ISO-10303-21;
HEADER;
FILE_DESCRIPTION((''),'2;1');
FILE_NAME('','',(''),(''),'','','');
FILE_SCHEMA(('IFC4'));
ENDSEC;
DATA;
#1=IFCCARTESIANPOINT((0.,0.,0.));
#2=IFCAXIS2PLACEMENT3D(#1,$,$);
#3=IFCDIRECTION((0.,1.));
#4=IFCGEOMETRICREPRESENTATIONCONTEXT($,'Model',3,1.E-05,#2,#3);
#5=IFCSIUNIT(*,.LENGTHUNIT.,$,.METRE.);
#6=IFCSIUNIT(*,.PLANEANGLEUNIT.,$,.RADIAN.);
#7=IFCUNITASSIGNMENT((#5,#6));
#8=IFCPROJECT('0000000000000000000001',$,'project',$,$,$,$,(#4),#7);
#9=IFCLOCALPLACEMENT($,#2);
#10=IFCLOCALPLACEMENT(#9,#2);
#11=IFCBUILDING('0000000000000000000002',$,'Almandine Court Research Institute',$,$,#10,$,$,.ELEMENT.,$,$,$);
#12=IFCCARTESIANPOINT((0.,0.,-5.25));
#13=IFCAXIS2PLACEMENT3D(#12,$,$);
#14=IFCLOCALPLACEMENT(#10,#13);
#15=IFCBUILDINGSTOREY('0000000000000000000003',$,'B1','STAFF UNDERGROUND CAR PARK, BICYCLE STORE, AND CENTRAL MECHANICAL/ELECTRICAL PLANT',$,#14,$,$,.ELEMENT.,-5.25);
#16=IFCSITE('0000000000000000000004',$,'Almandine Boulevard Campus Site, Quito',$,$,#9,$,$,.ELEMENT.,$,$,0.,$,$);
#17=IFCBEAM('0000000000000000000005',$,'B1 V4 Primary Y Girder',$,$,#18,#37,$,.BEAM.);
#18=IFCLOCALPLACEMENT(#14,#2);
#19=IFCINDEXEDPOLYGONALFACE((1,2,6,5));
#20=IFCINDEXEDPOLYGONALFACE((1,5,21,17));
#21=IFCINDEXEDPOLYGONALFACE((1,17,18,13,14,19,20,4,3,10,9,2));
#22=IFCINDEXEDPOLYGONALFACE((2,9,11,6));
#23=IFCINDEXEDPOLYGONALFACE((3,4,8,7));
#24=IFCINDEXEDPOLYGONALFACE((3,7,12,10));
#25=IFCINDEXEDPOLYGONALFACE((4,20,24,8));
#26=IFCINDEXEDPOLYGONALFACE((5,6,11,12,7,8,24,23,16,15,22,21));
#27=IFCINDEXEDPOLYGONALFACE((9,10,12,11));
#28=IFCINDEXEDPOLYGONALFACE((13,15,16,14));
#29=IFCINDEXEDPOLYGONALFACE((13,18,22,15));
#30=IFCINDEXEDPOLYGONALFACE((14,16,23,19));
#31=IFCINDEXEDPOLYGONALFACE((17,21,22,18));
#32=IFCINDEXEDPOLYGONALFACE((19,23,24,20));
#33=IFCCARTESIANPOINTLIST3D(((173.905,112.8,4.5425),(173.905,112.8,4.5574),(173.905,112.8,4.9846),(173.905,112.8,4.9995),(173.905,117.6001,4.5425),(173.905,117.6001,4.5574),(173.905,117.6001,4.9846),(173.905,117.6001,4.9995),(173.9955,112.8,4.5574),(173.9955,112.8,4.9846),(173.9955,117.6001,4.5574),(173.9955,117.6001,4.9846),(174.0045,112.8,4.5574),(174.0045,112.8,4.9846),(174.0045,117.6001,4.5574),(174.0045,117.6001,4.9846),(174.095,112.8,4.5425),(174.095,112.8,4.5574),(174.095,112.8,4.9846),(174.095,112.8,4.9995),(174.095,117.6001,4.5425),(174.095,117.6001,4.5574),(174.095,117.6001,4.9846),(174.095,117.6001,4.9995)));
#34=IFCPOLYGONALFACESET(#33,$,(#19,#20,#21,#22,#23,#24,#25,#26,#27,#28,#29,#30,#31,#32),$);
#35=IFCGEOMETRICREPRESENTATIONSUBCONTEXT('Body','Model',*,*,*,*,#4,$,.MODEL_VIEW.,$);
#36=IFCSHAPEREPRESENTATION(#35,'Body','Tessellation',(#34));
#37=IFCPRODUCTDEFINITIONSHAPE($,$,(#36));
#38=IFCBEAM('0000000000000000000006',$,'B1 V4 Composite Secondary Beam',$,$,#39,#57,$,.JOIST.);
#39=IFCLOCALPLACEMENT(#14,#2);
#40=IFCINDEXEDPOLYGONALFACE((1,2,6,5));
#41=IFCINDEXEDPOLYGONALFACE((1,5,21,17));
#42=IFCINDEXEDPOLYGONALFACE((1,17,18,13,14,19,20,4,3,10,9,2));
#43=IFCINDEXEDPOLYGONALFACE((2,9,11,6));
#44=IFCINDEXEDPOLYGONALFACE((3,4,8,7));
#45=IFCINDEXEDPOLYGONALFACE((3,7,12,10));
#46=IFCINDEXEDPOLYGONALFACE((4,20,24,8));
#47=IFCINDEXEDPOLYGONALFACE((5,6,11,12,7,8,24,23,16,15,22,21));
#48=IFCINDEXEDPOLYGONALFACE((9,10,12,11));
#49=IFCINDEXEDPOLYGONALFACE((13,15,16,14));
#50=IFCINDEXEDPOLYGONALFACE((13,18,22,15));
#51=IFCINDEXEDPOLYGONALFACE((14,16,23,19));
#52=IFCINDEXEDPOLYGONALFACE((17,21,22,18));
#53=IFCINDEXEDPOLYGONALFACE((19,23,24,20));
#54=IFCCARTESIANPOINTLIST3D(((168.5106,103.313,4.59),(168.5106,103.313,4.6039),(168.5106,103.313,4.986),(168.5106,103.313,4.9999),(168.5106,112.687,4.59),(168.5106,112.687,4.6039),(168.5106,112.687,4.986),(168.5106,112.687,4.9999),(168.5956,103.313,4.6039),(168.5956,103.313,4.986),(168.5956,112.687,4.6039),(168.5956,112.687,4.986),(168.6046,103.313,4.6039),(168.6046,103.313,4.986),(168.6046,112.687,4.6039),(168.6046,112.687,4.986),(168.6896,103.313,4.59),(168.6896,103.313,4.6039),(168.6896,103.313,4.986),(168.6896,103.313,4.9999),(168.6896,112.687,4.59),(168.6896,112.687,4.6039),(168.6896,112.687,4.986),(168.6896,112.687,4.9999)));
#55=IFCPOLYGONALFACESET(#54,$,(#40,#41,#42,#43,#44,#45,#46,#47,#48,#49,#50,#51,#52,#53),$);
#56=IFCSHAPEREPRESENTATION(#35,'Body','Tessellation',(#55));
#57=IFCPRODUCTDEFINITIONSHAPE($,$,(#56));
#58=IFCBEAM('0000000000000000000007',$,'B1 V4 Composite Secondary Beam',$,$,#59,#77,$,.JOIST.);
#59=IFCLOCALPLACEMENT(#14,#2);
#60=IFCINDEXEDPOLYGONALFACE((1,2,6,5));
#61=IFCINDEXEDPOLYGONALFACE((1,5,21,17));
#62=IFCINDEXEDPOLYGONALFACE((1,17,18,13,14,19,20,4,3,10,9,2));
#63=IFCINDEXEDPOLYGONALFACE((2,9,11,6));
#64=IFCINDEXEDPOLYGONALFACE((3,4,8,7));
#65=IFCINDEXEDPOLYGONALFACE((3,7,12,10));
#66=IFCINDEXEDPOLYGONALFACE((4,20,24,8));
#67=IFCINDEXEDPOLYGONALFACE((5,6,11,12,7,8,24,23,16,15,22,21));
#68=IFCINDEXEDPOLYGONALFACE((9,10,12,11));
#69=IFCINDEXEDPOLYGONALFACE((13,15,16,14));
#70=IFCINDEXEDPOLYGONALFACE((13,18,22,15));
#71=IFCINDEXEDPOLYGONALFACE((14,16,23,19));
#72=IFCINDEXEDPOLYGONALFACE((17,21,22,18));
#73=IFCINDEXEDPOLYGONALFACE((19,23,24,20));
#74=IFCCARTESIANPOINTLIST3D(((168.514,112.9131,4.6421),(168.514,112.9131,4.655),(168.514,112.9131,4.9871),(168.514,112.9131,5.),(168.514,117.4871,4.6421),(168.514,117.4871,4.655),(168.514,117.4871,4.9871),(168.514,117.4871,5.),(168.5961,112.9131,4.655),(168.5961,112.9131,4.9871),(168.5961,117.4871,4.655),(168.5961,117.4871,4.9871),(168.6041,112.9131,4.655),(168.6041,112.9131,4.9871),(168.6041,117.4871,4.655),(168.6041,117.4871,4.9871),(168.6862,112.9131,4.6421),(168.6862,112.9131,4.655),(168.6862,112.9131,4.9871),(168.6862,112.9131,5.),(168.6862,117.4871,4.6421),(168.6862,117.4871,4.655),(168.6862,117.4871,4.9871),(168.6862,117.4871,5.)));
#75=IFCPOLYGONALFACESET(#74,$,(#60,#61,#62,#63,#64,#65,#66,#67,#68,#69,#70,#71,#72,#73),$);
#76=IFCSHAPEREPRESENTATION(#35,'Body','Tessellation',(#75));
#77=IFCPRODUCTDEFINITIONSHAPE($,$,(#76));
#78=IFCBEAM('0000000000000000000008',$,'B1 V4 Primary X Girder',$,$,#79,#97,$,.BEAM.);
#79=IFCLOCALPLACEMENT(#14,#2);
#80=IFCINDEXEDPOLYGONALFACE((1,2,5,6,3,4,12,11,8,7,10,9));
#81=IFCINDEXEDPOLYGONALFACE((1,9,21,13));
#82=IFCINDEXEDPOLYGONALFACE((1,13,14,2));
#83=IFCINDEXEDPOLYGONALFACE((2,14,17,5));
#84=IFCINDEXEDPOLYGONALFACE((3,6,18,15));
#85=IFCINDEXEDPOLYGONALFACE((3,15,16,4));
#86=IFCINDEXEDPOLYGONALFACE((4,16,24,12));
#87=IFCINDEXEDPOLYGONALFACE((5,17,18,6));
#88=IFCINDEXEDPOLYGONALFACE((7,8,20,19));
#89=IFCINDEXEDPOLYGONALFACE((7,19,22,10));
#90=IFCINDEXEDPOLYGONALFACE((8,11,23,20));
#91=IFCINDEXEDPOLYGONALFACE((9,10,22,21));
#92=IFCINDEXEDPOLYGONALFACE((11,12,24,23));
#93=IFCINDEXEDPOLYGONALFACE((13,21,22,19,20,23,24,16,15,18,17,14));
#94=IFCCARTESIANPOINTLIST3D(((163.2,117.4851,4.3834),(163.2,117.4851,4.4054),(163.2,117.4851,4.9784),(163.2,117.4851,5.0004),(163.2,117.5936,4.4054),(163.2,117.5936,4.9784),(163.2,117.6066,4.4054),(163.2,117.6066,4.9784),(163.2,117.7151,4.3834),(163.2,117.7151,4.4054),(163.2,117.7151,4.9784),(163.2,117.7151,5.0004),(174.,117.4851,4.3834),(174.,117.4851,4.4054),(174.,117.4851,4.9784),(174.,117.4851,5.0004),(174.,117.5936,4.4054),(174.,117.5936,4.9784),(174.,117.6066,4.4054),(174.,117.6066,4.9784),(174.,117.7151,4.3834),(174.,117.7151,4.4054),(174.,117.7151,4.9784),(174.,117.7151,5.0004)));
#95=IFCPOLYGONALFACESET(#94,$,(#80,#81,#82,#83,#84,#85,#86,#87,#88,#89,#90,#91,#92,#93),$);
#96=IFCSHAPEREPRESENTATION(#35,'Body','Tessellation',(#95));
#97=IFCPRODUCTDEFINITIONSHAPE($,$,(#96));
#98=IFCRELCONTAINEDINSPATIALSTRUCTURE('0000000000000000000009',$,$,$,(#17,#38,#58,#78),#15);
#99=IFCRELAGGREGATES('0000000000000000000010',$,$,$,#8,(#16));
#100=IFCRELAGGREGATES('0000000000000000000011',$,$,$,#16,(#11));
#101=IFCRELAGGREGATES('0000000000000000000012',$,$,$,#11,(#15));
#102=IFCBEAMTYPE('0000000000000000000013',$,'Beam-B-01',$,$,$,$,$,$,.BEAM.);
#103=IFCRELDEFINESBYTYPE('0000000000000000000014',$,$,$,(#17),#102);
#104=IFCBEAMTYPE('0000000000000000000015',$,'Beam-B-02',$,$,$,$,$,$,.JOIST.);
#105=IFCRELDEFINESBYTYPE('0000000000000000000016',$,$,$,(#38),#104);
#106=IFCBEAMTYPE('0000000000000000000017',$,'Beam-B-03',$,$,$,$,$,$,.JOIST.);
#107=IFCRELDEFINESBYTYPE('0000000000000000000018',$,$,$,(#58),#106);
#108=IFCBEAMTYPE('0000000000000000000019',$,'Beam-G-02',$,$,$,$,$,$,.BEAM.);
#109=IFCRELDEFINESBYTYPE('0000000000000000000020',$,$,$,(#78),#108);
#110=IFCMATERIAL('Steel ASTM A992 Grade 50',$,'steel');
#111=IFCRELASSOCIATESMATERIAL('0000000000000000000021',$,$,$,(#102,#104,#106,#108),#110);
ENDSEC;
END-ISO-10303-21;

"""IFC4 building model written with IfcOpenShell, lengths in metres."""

from ifc_helpers import new_model, si_unit, direction, frame, origin, origin_2d, place, context, subcontext, project, spatial, i_section, extrude, material, material_profile, profile_set, type_object, element, save


model = new_model("IFC4")

# Units and contexts
model_context = context("Model", 3, precision=1e-05, world=origin(), true_north=direction((0.0, 1.0)))
body_context = subcontext(model_context, "Body", "Model", "MODEL_VIEW")
ifc_project = project(units=[si_unit("LENGTHUNIT", "METRE"), si_unit("PLANEANGLEUNIT", "RADIAN")], contexts=[model_context])

# Site, building, storey
site_placement = place(None, origin())
site = spatial("IfcSite", under=ifc_project, at=site_placement, Name="Almandine Boulevard Campus Site, Quito", CompositionType="ELEMENT", RefElevation=0.0)
building_placement = place(site_placement, origin())
building = spatial("IfcBuilding", under=site, at=building_placement, Name="Almandine Court Research Institute", CompositionType="ELEMENT")
storey_placement = place(building_placement, frame((0.0, 0.0, -5.25)))
storey = spatial("IfcBuildingStorey", under=building, at=storey_placement, Name="B1", Description="STAFF UNDERGROUND CAR PARK, BICYCLE STORE, AND CENTRAL MECHANICAL/ELECTRICAL PLANT", CompositionType="ELEMENT", Elevation=-5.25)

# Beams
ifc_material_1 = material(Name="Steel ASTM A992 Grade 50", Category="steel")
ifc_material_profile_1 = material_profile(ifc_material_1, i_section(OverallWidth=0.1899, OverallDepth=0.457, WebThickness=0.009, FlangeThickness=0.0149, at=origin_2d()), Name="W460x74")
ifc_profile_set_1 = profile_set([ifc_material_profile_1], Name="Steel ASTM A992 Grade 50")
beam_type_1 = type_object("IfcBeamType", Name="Beam-B-01", PredefinedType="BEAM", material=ifc_profile_set_1)
beam_1_placement = place(storey_placement, frame((174.0, 112.8, 4.771), z_axis=(0.0, 1.0, 0.0), x_axis=(-1.0, 0.0, 0.0)))
element("IfcBeam", 1, at=beam_1_placement, inside=storey, type_object=beam_type_1, Name="B1 V4 Primary Y Girder", PredefinedType="BEAM", context=body_context, shape_type="SweptSolid", body=[
    extrude(i_section(OverallWidth=0.1899, OverallDepth=0.457, WebThickness=0.009, FlangeThickness=0.0149, at=origin_2d()), origin(), (0.0, 0.0, 1.0), 4.8),
])
ifc_material_profile_2 = material_profile(ifc_material_1, i_section(OverallWidth=0.179, OverallDepth=0.4099, WebThickness=0.009, FlangeThickness=0.0139, at=origin_2d()), Name="W410x67")
ifc_profile_set_2 = profile_set([ifc_material_profile_2], Name="Steel ASTM A992 Grade 50")
beam_type_2 = type_object("IfcBeamType", Name="Beam-B-02", PredefinedType="JOIST", material=ifc_profile_set_2)
beam_2_placement = place(storey_placement, frame((168.6001, 103.313, 4.7949), z_axis=(0.0, 1.0, 0.0), x_axis=(-1.0, 0.0, 0.0)))
element("IfcBeam", 2, at=beam_2_placement, inside=storey, type_object=beam_type_2, Name="B1 V4 Composite Secondary Beam", PredefinedType="JOIST", context=body_context, shape_type="SweptSolid", body=[
    extrude(i_section(OverallWidth=0.179, OverallDepth=0.4099, WebThickness=0.009, FlangeThickness=0.0139, at=origin_2d()), origin(), (0.0, 0.0, 1.0), 9.374),
])
ifc_material_profile_3 = material_profile(ifc_material_1, i_section(OverallWidth=0.1721, OverallDepth=0.3579, WebThickness=0.0081, FlangeThickness=0.0129, at=origin_2d()), Name="W360x57")
ifc_profile_set_3 = profile_set([ifc_material_profile_3], Name="Steel ASTM A992 Grade 50")
beam_type_3 = type_object("IfcBeamType", Name="Beam-B-03", PredefinedType="JOIST", material=ifc_profile_set_3)
beam_3_placement = place(storey_placement, frame((168.6001, 112.9131, 4.821), z_axis=(0.0, 1.0, 0.0), x_axis=(-1.0, 0.0, 0.0)))
element("IfcBeam", 3, at=beam_3_placement, inside=storey, type_object=beam_type_3, Name="B1 V4 Composite Secondary Beam", PredefinedType="JOIST", context=body_context, shape_type="SweptSolid", body=[
    extrude(i_section(OverallWidth=0.1721, OverallDepth=0.3579, WebThickness=0.0081, FlangeThickness=0.0129, at=origin_2d()), origin(), (0.0, 0.0, 1.0), 4.574),
])
ifc_material_profile_4 = material_profile(ifc_material_1, i_section(OverallWidth=0.23, OverallDepth=0.6169, WebThickness=0.0129, FlangeThickness=0.022, at=origin_2d()), Name="W610x140")
ifc_profile_set_4 = profile_set([ifc_material_profile_4], Name="Steel ASTM A992 Grade 50")
beam_type_4 = type_object("IfcBeamType", Name="Beam-G-02", PredefinedType="BEAM", material=ifc_profile_set_4)
beam_4_placement = place(storey_placement, frame((163.2, 117.6001, 4.6919), z_axis=(1.0, 0.0, 0.0), x_axis=(0.0, 1.0, 0.0)))
element("IfcBeam", 4, at=beam_4_placement, inside=storey, type_object=beam_type_4, Name="B1 V4 Primary X Girder", PredefinedType="BEAM", context=body_context, shape_type="SweptSolid", body=[
    extrude(i_section(OverallWidth=0.23, OverallDepth=0.6169, WebThickness=0.0129, FlangeThickness=0.022, at=origin_2d()), origin(), (0.0, 0.0, 1.0), 10.8),
])

save(model, "model.ifc")
